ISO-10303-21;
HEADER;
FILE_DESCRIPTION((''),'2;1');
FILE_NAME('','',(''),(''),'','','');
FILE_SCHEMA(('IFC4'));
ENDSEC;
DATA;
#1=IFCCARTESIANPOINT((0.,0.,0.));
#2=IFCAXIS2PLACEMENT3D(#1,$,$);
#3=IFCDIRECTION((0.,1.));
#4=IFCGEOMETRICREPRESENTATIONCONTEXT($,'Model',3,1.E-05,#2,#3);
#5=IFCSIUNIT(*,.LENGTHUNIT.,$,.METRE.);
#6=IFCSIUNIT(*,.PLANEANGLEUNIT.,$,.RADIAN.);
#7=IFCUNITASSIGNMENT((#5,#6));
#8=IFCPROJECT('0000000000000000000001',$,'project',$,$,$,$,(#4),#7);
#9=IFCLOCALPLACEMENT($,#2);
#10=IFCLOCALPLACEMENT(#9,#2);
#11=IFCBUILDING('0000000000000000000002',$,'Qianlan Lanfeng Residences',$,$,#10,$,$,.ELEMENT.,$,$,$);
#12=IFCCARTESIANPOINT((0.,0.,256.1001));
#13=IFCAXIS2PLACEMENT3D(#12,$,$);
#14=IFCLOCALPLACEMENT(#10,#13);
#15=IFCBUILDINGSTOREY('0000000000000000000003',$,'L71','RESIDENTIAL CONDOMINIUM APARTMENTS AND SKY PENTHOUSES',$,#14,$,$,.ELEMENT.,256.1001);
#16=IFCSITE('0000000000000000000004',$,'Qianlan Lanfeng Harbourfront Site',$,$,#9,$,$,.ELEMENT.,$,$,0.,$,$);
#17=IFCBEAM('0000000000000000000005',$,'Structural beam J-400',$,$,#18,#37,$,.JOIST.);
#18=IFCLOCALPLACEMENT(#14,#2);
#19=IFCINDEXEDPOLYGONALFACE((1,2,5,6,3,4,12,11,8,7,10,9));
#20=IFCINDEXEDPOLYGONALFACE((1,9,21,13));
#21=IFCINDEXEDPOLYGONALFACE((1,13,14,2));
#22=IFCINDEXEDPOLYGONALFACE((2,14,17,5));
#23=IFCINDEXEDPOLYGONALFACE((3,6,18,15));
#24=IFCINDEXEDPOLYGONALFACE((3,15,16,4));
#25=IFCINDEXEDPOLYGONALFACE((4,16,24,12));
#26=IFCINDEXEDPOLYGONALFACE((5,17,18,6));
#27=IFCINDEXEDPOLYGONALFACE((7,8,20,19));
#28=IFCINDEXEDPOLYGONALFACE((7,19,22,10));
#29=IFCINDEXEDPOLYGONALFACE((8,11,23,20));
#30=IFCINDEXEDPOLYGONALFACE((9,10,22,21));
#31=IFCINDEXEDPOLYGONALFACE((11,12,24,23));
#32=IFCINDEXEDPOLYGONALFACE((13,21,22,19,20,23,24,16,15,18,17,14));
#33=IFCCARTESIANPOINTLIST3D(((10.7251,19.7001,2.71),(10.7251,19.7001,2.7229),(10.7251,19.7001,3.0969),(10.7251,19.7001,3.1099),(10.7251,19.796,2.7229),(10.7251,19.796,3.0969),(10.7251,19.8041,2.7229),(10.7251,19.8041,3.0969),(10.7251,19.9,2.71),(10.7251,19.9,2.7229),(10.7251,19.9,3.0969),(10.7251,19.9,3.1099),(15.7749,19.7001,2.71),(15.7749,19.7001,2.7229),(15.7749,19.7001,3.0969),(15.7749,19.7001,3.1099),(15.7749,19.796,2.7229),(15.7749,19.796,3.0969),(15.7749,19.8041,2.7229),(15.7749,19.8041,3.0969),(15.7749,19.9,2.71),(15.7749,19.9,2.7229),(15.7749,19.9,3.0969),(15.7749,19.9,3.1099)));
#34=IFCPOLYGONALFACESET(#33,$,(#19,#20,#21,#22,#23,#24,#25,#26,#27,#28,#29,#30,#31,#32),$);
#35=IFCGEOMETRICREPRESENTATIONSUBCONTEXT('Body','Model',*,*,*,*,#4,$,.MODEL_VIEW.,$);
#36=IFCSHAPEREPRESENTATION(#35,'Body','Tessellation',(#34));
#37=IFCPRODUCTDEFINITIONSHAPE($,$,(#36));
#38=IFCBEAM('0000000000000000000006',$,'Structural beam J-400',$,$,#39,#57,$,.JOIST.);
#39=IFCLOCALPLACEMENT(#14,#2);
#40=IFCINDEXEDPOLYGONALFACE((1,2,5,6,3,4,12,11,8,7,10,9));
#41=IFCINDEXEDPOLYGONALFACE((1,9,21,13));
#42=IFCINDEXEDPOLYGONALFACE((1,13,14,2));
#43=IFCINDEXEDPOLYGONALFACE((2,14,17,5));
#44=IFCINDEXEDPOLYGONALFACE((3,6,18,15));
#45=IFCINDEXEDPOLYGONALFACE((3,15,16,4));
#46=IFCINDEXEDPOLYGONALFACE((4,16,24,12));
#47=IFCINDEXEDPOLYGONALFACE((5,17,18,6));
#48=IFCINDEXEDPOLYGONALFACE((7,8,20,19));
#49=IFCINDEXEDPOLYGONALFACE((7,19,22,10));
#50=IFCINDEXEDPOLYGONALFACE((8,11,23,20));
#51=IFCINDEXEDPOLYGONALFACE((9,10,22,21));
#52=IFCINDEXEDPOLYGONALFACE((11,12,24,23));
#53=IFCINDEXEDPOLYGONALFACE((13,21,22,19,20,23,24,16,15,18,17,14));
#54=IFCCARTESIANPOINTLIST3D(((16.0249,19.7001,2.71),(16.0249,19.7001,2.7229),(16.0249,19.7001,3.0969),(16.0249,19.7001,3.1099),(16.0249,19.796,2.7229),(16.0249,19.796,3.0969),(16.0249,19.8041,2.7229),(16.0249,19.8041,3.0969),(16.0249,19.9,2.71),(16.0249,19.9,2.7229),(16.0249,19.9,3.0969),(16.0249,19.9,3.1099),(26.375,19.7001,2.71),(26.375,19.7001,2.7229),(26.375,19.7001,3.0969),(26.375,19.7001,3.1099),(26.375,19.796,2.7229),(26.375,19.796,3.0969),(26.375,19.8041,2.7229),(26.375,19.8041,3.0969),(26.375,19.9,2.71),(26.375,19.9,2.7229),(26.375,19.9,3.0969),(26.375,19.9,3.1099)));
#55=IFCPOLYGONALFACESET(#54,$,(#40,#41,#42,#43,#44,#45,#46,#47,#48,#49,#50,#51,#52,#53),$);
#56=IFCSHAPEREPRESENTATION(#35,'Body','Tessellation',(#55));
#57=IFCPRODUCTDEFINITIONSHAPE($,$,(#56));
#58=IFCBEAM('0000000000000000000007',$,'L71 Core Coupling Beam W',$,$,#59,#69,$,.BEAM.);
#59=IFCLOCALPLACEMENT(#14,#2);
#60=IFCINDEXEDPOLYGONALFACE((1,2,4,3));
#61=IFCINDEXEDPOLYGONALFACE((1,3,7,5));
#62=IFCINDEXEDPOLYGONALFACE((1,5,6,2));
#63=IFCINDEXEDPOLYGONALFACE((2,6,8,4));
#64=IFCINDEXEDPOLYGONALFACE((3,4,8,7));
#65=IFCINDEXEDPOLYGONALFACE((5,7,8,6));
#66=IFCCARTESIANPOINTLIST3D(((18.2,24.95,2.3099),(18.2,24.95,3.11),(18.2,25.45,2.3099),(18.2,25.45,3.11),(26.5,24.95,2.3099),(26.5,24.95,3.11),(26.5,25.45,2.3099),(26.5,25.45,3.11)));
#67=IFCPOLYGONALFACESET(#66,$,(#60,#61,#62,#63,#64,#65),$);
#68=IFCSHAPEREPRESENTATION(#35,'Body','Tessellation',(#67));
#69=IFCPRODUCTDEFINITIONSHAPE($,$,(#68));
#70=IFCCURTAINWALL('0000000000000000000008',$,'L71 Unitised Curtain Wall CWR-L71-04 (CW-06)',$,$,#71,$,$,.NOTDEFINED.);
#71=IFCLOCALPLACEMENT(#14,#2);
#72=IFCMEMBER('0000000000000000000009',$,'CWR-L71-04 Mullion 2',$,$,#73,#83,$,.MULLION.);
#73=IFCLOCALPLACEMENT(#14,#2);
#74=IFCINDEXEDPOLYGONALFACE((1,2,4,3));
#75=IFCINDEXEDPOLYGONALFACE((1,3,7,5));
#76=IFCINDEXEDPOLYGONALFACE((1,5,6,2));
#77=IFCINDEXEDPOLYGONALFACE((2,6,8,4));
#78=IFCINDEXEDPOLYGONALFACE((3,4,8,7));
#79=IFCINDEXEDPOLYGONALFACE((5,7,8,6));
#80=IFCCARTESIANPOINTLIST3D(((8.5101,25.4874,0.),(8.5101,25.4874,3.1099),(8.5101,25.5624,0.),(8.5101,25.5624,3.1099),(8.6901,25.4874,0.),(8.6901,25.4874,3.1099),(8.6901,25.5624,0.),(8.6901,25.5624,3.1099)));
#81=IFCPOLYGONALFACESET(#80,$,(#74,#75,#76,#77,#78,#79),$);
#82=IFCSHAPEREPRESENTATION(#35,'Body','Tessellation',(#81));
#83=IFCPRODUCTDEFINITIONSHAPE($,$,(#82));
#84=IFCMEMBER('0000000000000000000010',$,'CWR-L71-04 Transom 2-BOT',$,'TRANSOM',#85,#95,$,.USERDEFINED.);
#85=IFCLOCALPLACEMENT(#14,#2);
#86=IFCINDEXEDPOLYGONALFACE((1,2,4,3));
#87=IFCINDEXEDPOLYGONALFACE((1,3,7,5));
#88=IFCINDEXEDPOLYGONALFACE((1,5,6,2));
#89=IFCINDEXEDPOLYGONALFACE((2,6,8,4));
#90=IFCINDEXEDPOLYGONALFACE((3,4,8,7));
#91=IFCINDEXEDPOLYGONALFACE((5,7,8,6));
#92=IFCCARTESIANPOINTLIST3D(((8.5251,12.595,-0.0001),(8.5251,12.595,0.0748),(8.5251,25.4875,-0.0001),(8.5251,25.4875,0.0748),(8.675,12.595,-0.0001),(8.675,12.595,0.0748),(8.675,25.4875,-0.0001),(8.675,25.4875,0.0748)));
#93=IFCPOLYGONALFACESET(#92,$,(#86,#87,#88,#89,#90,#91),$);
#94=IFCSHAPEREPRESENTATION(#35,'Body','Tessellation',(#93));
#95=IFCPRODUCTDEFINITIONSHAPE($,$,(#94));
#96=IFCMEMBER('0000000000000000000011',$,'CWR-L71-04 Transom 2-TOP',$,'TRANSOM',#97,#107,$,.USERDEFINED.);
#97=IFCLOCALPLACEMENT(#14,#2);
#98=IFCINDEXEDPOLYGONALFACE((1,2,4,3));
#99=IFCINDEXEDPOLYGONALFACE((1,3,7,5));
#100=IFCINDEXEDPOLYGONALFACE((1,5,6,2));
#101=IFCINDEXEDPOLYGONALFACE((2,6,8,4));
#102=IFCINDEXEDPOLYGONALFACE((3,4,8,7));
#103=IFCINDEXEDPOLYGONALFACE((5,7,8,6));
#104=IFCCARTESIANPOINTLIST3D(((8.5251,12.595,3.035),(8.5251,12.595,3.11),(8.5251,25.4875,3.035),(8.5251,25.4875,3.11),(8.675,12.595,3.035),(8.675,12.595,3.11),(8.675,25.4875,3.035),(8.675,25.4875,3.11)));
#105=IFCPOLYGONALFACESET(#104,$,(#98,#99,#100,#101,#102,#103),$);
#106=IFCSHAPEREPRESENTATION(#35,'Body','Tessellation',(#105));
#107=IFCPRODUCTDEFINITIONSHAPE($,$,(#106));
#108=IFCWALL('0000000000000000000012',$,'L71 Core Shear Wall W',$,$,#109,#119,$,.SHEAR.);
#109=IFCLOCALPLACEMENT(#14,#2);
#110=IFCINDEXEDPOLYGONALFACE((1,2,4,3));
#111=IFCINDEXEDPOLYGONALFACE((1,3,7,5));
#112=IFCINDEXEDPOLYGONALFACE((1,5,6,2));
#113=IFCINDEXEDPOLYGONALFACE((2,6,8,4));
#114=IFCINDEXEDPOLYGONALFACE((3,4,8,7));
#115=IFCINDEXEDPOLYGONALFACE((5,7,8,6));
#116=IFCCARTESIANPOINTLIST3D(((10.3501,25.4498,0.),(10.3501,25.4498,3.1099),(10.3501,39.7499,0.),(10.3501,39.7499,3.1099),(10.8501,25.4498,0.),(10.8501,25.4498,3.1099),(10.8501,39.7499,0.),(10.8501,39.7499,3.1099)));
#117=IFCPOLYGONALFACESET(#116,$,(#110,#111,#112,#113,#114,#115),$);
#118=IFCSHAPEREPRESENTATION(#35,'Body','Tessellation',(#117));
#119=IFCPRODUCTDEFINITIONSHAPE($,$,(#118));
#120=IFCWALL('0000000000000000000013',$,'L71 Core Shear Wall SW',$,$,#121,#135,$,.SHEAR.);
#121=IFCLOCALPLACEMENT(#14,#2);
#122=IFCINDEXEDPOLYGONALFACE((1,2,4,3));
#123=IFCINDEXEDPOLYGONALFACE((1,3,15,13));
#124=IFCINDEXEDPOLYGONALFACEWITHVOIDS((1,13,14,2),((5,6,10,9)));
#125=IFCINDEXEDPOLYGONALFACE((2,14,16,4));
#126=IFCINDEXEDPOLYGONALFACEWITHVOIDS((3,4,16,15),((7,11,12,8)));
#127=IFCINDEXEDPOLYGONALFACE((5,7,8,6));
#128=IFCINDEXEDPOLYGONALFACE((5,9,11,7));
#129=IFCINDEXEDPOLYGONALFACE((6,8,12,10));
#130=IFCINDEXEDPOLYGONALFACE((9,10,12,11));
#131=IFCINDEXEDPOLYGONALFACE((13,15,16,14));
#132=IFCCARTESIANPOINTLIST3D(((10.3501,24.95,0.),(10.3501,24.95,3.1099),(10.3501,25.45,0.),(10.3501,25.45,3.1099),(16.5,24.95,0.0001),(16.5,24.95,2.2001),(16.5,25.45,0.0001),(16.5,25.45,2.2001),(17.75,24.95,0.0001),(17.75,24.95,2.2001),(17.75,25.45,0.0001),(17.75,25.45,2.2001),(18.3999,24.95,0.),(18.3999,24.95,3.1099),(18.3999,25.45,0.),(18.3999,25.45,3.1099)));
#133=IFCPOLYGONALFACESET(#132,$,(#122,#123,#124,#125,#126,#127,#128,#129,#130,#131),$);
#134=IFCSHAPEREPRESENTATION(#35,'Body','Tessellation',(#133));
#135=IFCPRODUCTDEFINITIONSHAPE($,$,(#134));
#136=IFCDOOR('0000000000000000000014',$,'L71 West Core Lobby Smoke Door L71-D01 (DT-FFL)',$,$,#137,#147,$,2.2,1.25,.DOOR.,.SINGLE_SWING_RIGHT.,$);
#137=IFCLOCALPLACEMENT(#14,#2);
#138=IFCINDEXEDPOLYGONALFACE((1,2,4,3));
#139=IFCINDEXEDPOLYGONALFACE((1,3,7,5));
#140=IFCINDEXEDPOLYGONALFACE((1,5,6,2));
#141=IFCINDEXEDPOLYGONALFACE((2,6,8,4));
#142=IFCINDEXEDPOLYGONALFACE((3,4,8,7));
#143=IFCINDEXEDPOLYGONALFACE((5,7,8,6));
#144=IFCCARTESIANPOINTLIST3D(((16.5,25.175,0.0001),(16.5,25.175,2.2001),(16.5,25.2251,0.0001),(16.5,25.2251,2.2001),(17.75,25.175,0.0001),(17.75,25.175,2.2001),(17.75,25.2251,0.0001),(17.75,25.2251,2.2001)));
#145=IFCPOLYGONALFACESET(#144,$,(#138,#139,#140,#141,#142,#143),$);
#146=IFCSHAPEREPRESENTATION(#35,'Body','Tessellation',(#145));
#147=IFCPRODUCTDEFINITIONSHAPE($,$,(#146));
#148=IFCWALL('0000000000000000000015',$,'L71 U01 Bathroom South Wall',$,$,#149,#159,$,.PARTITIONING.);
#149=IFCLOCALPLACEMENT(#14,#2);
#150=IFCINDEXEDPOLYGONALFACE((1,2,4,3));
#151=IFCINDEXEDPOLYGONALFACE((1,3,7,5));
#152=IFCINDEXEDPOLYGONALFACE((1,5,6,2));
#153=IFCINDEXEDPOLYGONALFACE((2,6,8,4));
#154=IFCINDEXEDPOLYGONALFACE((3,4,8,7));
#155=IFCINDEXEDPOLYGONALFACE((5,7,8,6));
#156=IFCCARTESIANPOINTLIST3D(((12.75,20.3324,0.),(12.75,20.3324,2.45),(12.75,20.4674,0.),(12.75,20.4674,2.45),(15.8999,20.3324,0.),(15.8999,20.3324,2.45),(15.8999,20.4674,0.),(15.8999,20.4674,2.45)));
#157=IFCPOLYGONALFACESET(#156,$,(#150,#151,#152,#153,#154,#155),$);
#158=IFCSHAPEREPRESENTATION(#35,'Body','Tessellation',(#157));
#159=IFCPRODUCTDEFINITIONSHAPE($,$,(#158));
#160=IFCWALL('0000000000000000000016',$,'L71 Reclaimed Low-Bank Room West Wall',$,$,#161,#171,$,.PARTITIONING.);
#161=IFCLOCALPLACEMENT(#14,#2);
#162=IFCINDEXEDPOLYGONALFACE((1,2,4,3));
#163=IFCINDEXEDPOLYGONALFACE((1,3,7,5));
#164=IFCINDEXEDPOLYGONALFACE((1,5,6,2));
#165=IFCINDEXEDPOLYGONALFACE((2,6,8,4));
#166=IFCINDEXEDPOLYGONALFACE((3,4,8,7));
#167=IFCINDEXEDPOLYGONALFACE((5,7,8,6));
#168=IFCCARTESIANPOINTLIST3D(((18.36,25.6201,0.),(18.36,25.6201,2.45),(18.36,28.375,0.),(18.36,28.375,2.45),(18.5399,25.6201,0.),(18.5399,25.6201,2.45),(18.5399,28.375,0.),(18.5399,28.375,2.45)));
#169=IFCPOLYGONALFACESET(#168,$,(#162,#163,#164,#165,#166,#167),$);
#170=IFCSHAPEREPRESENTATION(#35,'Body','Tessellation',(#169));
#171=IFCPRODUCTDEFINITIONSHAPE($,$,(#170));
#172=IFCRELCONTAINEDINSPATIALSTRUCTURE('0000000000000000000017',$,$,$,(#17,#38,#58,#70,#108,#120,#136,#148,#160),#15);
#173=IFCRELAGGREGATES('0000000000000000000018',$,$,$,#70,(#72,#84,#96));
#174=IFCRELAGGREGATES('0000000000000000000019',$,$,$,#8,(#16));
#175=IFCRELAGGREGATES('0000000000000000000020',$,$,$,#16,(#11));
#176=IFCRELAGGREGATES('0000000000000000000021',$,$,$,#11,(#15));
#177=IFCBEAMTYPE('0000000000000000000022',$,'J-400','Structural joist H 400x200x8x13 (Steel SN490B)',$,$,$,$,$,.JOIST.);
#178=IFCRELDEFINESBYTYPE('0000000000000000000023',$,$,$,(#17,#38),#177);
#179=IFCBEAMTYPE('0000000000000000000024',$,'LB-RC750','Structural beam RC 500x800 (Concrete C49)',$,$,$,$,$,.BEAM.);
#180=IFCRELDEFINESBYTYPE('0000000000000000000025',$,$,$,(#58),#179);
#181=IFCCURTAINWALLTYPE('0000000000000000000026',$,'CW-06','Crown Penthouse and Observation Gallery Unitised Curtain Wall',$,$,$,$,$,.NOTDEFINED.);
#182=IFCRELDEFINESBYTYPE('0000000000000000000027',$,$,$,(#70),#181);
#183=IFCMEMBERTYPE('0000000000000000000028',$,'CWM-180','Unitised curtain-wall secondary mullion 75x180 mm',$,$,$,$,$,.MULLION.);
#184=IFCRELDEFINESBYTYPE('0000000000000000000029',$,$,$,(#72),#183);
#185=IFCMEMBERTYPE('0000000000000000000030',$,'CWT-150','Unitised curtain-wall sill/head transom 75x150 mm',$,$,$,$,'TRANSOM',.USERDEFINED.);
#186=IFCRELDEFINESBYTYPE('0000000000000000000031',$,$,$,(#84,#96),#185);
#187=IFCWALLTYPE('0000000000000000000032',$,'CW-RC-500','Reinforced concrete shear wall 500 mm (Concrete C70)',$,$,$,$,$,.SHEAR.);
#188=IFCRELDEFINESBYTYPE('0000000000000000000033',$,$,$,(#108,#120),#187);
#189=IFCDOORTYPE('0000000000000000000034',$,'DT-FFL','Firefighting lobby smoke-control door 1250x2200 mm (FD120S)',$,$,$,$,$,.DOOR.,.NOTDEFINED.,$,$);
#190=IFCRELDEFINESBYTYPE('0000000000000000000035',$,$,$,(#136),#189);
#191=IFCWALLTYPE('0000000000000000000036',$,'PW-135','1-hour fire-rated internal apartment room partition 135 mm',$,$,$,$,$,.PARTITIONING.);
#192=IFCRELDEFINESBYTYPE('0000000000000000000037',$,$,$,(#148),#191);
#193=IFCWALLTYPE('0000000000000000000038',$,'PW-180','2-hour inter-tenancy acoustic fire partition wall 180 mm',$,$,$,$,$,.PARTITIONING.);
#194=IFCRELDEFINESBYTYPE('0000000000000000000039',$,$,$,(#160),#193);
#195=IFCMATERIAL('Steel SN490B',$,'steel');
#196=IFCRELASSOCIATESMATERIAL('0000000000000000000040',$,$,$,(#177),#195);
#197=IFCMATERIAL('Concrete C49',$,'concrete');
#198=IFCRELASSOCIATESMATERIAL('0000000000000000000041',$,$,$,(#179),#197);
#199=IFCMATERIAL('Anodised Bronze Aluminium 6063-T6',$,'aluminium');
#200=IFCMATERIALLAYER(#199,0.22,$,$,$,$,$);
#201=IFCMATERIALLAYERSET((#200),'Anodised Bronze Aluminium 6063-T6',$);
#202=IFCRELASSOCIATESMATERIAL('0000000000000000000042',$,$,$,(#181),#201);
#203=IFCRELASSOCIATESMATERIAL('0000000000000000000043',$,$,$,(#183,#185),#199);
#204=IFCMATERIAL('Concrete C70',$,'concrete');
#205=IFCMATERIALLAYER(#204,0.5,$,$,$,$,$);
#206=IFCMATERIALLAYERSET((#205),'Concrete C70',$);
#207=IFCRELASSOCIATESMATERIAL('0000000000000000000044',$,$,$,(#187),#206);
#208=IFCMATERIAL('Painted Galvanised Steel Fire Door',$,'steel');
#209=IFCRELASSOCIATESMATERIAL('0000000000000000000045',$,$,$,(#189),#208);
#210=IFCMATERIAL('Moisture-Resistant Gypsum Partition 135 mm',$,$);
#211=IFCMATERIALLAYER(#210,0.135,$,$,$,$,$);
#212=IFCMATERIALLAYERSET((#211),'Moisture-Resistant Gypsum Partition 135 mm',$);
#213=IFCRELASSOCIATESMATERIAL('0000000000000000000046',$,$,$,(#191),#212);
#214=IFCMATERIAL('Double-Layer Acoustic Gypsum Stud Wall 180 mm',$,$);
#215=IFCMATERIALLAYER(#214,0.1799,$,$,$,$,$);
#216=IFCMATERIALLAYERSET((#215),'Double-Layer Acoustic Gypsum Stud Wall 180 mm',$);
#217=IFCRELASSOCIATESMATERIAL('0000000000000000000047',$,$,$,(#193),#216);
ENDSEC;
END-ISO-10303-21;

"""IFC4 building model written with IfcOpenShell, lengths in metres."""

from ifc_helpers import new_model, si_unit, direction, frame, frame_2d, origin, origin_2d, place, context, subcontext, project, spatial, rectangle, i_section, extrude, source, transform, mapped, material, layer, layer_set, material_profile, profile_set, type_object, element, fill, aggregate, save


model = new_model("IFC4")

# Units and contexts
model_context = context("Model", 3, precision=1e-05, world=origin(), true_north=direction((0.0, 1.0)))
body_context = subcontext(model_context, "Body", "Model", "MODEL_VIEW")
ifc_project = project(units=[si_unit("LENGTHUNIT", "METRE"), si_unit("PLANEANGLEUNIT", "RADIAN")], contexts=[model_context])

# Site, building, storey
site_placement = place(None, origin())
site = spatial("IfcSite", under=ifc_project, at=site_placement, Name="Qianlan Lanfeng Harbourfront Site", CompositionType="ELEMENT", RefElevation=0.0)
building_placement = place(site_placement, origin())
building = spatial("IfcBuilding", under=site, at=building_placement, Name="Qianlan Lanfeng Residences", CompositionType="ELEMENT")
storey_placement = place(building_placement, frame((0.0, 0.0, 256.1001)))
storey = spatial("IfcBuildingStorey", under=building, at=storey_placement, Name="L71", Description="RESIDENTIAL CONDOMINIUM APARTMENTS AND SKY PENTHOUSES", CompositionType="ELEMENT", Elevation=256.1001)

# Beams
ifc_material_1 = material(Name="Steel SN490B", Category="steel")
ifc_material_profile_1 = material_profile(ifc_material_1, i_section(OverallWidth=0.2, OverallDepth=0.3999, WebThickness=0.0081, FlangeThickness=0.0129, at=origin_2d()), Name="H 400x200x8x13")
ifc_profile_set_1 = profile_set([ifc_material_profile_1], Name="Steel SN490B")
beam_type_1 = type_object("IfcBeamType", Name="J-400", Description="Structural joist H 400x200x8x13 (Steel SN490B)", PredefinedType="JOIST", material=ifc_profile_set_1)
beam_1_placement = place(storey_placement, frame((10.7251, 19.8, 2.9099), z_axis=(1.0, 0.0, 0.0), x_axis=(0.0, 1.0, 0.0)))
element("IfcBeam", 1, at=beam_1_placement, inside=storey, type_object=beam_type_1, Name="Structural beam J-400", PredefinedType="JOIST", context=body_context, shape_type="SweptSolid", body=[
    extrude(i_section(OverallWidth=0.2, OverallDepth=0.3999, WebThickness=0.0081, FlangeThickness=0.0129, at=origin_2d()), origin(), (0.0, 0.0, 1.0), 5.0498),
])
beam_2_placement = place(storey_placement, frame((16.0249, 19.8, 2.9099), z_axis=(1.0, 0.0, 0.0), x_axis=(0.0, 1.0, 0.0)))
element("IfcBeam", 2, at=beam_2_placement, inside=storey, type_object=beam_type_1, Name="Structural beam J-400", PredefinedType="JOIST", context=body_context, shape_type="SweptSolid", body=[
    extrude(i_section(OverallWidth=0.2, OverallDepth=0.3999, WebThickness=0.0081, FlangeThickness=0.0129, at=origin_2d()), origin(), (0.0, 0.0, 1.0), 10.3501),
])
ifc_material_2 = material(Name="Concrete C49", Category="concrete")
ifc_material_profile_2 = material_profile(ifc_material_2, rectangle(XDim=0.5, YDim=0.8, at=origin_2d()), Name="RC 500x800")
ifc_profile_set_2 = profile_set([ifc_material_profile_2], Name="Concrete C49")
beam_type_2 = type_object("IfcBeamType", Name="LB-RC750", Description="Structural beam RC 500x800 (Concrete C49)", PredefinedType="BEAM", material=ifc_profile_set_2)
beam_3_placement = place(storey_placement, frame((18.2, 25.2, 2.71), z_axis=(1.0, 0.0, 0.0), x_axis=(0.0, 1.0, 0.0)))
element("IfcBeam", 3, at=beam_3_placement, inside=storey, type_object=beam_type_2, Name="L71 Core Coupling Beam W", PredefinedType="BEAM", context=body_context, shape_type="SweptSolid", body=[
    extrude(rectangle(XDim=0.5, YDim=0.8, at=origin_2d()), origin(), (0.0, 0.0, 1.0), 8.3),
])

# Curtain wall, members
ifc_material_3 = material(Name="Anodised Bronze Aluminium 6063-T6", Category="aluminium")
ifc_layer_1 = layer(ifc_material_3, 0.22)
ifc_layer_set_1 = layer_set([ifc_layer_1], Name="Anodised Bronze Aluminium 6063-T6")
curtain_wall_type = type_object("IfcCurtainWallType", Name="CW-06", Description="Crown Penthouse and Observation Gallery Unitised Curtain Wall", PredefinedType="NOTDEFINED", material=ifc_layer_set_1)
curtain_wall_placement = place(storey_placement, origin())
curtain_wall = element("IfcCurtainWall", 4, at=curtain_wall_placement, inside=storey, type_object=curtain_wall_type, Name="L71 Unitised Curtain Wall CWR-L71-04 (CW-06)", PredefinedType="NOTDEFINED")
ifc_material_profile_3 = material_profile(ifc_material_3, rectangle(XDim=0.075, YDim=0.1799, at=origin_2d()), Name="ALU MULLION 75x180")
ifc_profile_set_3 = profile_set([ifc_material_profile_3], Name="Anodised Bronze Aluminium 6063-T6")
member_type_1 = type_object("IfcMemberType", Name="CWM-180", Description="Unitised curtain-wall secondary mullion 75x180 mm", PredefinedType="MULLION", material=ifc_profile_set_3)
shared_shape_1 = source(origin(), body_context, "Body", "SweptSolid", [
    extrude(rectangle(XDim=0.075, YDim=0.1799, at=origin_2d()), origin(), (0.0, 0.0, 1.0), 3.1099),
])
member_1_placement = place(storey_placement, frame((8.6001, 25.5249, 0.0), z_axis=(0.0, 0.0, 1.0), x_axis=(0.0, -1.0, 0.0)))
member_1 = element("IfcMember", 5, at=member_1_placement, type_object=member_type_1, Name="CWR-L71-04 Mullion 2", PredefinedType="MULLION", context=body_context, shape_type="MappedRepresentation", body=[
    mapped(shared_shape_1, transform((0.0, 0.0, 0.0), scale=1.0)),
])
ifc_material_profile_4 = material_profile(ifc_material_3, rectangle(XDim=0.075, YDim=0.1499, at=origin_2d()), Name="ALU TRANSOM 75x150")
ifc_profile_set_4 = profile_set([ifc_material_profile_4], Name="Anodised Bronze Aluminium 6063-T6")
member_type_2 = type_object("IfcMemberType", Name="CWT-150", Description="Unitised curtain-wall sill/head transom 75x150 mm", ElementType="TRANSOM", PredefinedType="USERDEFINED", material=ifc_profile_set_4)
shared_shape_2 = source(origin(), body_context, "Body", "SweptSolid", [
    extrude(rectangle(XDim=0.075, YDim=0.1499, at=origin_2d()), origin(), (0.0, 0.0, 1.0), 12.8926),
])
member_2_placement = place(storey_placement, frame((8.6001, 25.4875, 0.0374), z_axis=(0.0, -1.0, 0.0), x_axis=(0.0, 0.0, 1.0)))
member_2 = element("IfcMember", 6, at=member_2_placement, type_object=member_type_2, Name="CWR-L71-04 Transom 2-BOT", ObjectType="TRANSOM", PredefinedType="USERDEFINED", context=body_context, shape_type="MappedRepresentation", body=[
    mapped(shared_shape_2, transform((0.0, 0.0, 0.0), scale=1.0)),
])
member_3_placement = place(storey_placement, frame((8.6001, 25.4875, 3.0725), z_axis=(0.0, -1.0, 0.0), x_axis=(0.0, 0.0, 1.0)))
member_3 = element("IfcMember", 7, at=member_3_placement, type_object=member_type_2, Name="CWR-L71-04 Transom 2-TOP", ObjectType="TRANSOM", PredefinedType="USERDEFINED", context=body_context, shape_type="MappedRepresentation", body=[
    mapped(shared_shape_2, transform((0.0, 0.0, 0.0), scale=1.0)),
])
aggregate(curtain_wall, [member_1, member_2, member_3])

# Wall
ifc_material_4 = material(Name="Concrete C70", Category="concrete")
ifc_layer_2 = layer(ifc_material_4, 0.5)
ifc_layer_set_2 = layer_set([ifc_layer_2], Name="Concrete C70")
wall_type_1 = type_object("IfcWallType", Name="CW-RC-500", Description="Reinforced concrete shear wall 500 mm (Concrete C70)", PredefinedType="SHEAR", material=ifc_layer_set_2)
wall_1_placement = place(storey_placement, frame((10.6001, 25.45, 0.0), z_axis=(0.0, 0.0, 1.0), x_axis=(0.0, 1.0, 0.0)))
element("IfcWall", 8, at=wall_1_placement, inside=storey, type_object=wall_type_1, Name="L71 Core Shear Wall W", PredefinedType="SHEAR", context=body_context, shape_type="SweptSolid", body=[
    extrude(rectangle(XDim=14.3, YDim=0.5, at=frame_2d((7.1499, 0.0))), origin(), (0.0, 0.0, 1.0), 3.1099),
])

# Wall, opening, door
wall_2_placement = place(storey_placement, frame((10.3501, 25.2, 0.0), z_axis=(0.0, 0.0, 1.0), x_axis=(1.0, 0.0, 0.0)))
wall_2 = element("IfcWall", 9, at=wall_2_placement, inside=storey, type_object=wall_type_1, Name="L71 Core Shear Wall SW", PredefinedType="SHEAR", context=body_context, shape_type="SweptSolid", body=[
    extrude(rectangle(XDim=8.0498, YDim=0.5, at=frame_2d((4.0249, 0.0))), origin(), (0.0, 0.0, 1.0), 3.1099),
])
opening_1_placement = place(wall_2_placement, frame((6.1499, 0.0, 0.0)))
opening_1 = element("IfcOpeningElement", 10, at=opening_1_placement, cuts=wall_2, PredefinedType="OPENING", context=body_context, shape_type="SweptSolid", body=[
    extrude(rectangle(XDim=1.25, YDim=2.2, at=frame_2d((0.625, 1.1001))), frame((0.0, 0.26, 0.0), z_axis=(0.0, -1.0, 0.0), x_axis=(1.0, 0.0, 0.0)), (0.0, 0.0, 1.0), 0.52),
])
ifc_material_5 = material(Name="Painted Galvanised Steel Fire Door", Category="steel")
door_type_1 = type_object("IfcDoorType", Name="DT-FFL", Description="Firefighting lobby smoke-control door 1250x2200 mm (FD120S)", OperationType="NOTDEFINED", PredefinedType="DOOR", material=ifc_material_5)
door_1_placement = place(opening_1_placement, frame((1.25, 0.0, 0.0), z_axis=(0.0, 0.0, 1.0), x_axis=(-1.0, 0.0, 0.0)))
door_1 = element("IfcDoor", 11, at=door_1_placement, inside=storey, type_object=door_type_1, Name="L71 West Core Lobby Smoke Door L71-D01 (DT-FFL)", OperationType="SINGLE_SWING_RIGHT", OverallHeight=2.2, OverallWidth=1.25, PredefinedType="DOOR", context=body_context, shape_type="SweptSolid", body=[
    extrude(rectangle(XDim=1.25, YDim=2.2, at=frame_2d((0.625, 1.1001))), frame((0.0, 0.0249, 0.0), z_axis=(0.0, -1.0, 0.0), x_axis=(1.0, 0.0, 0.0)), (0.0, 0.0, 1.0), 0.05),
])
fill(opening_1, door_1)

# Wall
ifc_material_6 = material(Name="Moisture-Resistant Gypsum Partition 135 mm")
ifc_layer_3 = layer(ifc_material_6, 0.135)
ifc_layer_set_3 = layer_set([ifc_layer_3], Name="Moisture-Resistant Gypsum Partition 135 mm")
wall_type_2 = type_object("IfcWallType", Name="PW-135", Description="1-hour fire-rated internal apartment room partition 135 mm", PredefinedType="PARTITIONING", material=ifc_layer_set_3)
wall_3_placement = place(storey_placement, frame((12.75, 20.3999, 0.0), z_axis=(0.0, 0.0, 1.0), x_axis=(1.0, 0.0, 0.0)))
element("IfcWall", 12, at=wall_3_placement, inside=storey, type_object=wall_type_2, Name="L71 U01 Bathroom South Wall", PredefinedType="PARTITIONING", context=body_context, shape_type="SweptSolid", body=[
    extrude(rectangle(XDim=3.1499, YDim=0.135, at=frame_2d((1.575, 0.0))), origin(), (0.0, 0.0, 1.0), 2.45),
])

# Shared definitions
ifc_material_7 = material(Name="Double-Layer Acoustic Gypsum Stud Wall 180 mm")
ifc_layer_4 = layer(ifc_material_7, 0.1799)
ifc_layer_set_4 = layer_set([ifc_layer_4], Name="Double-Layer Acoustic Gypsum Stud Wall 180 mm")
wall_type_3 = type_object("IfcWallType", Name="PW-180", Description="2-hour inter-tenancy acoustic fire partition wall 180 mm", PredefinedType="PARTITIONING", material=ifc_layer_set_4)

# Wall
wall_4_placement = place(storey_placement, frame((18.45, 25.6201, 0.0), z_axis=(0.0, 0.0, 1.0), x_axis=(0.0, 1.0, 0.0)))
element("IfcWall", 13, at=wall_4_placement, inside=storey, type_object=wall_type_3, Name="L71 Reclaimed Low-Bank Room West Wall", PredefinedType="PARTITIONING", context=body_context, shape_type="SweptSolid", body=[
    extrude(rectangle(XDim=2.7549, YDim=0.1799, at=frame_2d((1.3774, 0.0))), origin(), (0.0, 0.0, 1.0), 2.45),
])

save(model, "model.ifc")
